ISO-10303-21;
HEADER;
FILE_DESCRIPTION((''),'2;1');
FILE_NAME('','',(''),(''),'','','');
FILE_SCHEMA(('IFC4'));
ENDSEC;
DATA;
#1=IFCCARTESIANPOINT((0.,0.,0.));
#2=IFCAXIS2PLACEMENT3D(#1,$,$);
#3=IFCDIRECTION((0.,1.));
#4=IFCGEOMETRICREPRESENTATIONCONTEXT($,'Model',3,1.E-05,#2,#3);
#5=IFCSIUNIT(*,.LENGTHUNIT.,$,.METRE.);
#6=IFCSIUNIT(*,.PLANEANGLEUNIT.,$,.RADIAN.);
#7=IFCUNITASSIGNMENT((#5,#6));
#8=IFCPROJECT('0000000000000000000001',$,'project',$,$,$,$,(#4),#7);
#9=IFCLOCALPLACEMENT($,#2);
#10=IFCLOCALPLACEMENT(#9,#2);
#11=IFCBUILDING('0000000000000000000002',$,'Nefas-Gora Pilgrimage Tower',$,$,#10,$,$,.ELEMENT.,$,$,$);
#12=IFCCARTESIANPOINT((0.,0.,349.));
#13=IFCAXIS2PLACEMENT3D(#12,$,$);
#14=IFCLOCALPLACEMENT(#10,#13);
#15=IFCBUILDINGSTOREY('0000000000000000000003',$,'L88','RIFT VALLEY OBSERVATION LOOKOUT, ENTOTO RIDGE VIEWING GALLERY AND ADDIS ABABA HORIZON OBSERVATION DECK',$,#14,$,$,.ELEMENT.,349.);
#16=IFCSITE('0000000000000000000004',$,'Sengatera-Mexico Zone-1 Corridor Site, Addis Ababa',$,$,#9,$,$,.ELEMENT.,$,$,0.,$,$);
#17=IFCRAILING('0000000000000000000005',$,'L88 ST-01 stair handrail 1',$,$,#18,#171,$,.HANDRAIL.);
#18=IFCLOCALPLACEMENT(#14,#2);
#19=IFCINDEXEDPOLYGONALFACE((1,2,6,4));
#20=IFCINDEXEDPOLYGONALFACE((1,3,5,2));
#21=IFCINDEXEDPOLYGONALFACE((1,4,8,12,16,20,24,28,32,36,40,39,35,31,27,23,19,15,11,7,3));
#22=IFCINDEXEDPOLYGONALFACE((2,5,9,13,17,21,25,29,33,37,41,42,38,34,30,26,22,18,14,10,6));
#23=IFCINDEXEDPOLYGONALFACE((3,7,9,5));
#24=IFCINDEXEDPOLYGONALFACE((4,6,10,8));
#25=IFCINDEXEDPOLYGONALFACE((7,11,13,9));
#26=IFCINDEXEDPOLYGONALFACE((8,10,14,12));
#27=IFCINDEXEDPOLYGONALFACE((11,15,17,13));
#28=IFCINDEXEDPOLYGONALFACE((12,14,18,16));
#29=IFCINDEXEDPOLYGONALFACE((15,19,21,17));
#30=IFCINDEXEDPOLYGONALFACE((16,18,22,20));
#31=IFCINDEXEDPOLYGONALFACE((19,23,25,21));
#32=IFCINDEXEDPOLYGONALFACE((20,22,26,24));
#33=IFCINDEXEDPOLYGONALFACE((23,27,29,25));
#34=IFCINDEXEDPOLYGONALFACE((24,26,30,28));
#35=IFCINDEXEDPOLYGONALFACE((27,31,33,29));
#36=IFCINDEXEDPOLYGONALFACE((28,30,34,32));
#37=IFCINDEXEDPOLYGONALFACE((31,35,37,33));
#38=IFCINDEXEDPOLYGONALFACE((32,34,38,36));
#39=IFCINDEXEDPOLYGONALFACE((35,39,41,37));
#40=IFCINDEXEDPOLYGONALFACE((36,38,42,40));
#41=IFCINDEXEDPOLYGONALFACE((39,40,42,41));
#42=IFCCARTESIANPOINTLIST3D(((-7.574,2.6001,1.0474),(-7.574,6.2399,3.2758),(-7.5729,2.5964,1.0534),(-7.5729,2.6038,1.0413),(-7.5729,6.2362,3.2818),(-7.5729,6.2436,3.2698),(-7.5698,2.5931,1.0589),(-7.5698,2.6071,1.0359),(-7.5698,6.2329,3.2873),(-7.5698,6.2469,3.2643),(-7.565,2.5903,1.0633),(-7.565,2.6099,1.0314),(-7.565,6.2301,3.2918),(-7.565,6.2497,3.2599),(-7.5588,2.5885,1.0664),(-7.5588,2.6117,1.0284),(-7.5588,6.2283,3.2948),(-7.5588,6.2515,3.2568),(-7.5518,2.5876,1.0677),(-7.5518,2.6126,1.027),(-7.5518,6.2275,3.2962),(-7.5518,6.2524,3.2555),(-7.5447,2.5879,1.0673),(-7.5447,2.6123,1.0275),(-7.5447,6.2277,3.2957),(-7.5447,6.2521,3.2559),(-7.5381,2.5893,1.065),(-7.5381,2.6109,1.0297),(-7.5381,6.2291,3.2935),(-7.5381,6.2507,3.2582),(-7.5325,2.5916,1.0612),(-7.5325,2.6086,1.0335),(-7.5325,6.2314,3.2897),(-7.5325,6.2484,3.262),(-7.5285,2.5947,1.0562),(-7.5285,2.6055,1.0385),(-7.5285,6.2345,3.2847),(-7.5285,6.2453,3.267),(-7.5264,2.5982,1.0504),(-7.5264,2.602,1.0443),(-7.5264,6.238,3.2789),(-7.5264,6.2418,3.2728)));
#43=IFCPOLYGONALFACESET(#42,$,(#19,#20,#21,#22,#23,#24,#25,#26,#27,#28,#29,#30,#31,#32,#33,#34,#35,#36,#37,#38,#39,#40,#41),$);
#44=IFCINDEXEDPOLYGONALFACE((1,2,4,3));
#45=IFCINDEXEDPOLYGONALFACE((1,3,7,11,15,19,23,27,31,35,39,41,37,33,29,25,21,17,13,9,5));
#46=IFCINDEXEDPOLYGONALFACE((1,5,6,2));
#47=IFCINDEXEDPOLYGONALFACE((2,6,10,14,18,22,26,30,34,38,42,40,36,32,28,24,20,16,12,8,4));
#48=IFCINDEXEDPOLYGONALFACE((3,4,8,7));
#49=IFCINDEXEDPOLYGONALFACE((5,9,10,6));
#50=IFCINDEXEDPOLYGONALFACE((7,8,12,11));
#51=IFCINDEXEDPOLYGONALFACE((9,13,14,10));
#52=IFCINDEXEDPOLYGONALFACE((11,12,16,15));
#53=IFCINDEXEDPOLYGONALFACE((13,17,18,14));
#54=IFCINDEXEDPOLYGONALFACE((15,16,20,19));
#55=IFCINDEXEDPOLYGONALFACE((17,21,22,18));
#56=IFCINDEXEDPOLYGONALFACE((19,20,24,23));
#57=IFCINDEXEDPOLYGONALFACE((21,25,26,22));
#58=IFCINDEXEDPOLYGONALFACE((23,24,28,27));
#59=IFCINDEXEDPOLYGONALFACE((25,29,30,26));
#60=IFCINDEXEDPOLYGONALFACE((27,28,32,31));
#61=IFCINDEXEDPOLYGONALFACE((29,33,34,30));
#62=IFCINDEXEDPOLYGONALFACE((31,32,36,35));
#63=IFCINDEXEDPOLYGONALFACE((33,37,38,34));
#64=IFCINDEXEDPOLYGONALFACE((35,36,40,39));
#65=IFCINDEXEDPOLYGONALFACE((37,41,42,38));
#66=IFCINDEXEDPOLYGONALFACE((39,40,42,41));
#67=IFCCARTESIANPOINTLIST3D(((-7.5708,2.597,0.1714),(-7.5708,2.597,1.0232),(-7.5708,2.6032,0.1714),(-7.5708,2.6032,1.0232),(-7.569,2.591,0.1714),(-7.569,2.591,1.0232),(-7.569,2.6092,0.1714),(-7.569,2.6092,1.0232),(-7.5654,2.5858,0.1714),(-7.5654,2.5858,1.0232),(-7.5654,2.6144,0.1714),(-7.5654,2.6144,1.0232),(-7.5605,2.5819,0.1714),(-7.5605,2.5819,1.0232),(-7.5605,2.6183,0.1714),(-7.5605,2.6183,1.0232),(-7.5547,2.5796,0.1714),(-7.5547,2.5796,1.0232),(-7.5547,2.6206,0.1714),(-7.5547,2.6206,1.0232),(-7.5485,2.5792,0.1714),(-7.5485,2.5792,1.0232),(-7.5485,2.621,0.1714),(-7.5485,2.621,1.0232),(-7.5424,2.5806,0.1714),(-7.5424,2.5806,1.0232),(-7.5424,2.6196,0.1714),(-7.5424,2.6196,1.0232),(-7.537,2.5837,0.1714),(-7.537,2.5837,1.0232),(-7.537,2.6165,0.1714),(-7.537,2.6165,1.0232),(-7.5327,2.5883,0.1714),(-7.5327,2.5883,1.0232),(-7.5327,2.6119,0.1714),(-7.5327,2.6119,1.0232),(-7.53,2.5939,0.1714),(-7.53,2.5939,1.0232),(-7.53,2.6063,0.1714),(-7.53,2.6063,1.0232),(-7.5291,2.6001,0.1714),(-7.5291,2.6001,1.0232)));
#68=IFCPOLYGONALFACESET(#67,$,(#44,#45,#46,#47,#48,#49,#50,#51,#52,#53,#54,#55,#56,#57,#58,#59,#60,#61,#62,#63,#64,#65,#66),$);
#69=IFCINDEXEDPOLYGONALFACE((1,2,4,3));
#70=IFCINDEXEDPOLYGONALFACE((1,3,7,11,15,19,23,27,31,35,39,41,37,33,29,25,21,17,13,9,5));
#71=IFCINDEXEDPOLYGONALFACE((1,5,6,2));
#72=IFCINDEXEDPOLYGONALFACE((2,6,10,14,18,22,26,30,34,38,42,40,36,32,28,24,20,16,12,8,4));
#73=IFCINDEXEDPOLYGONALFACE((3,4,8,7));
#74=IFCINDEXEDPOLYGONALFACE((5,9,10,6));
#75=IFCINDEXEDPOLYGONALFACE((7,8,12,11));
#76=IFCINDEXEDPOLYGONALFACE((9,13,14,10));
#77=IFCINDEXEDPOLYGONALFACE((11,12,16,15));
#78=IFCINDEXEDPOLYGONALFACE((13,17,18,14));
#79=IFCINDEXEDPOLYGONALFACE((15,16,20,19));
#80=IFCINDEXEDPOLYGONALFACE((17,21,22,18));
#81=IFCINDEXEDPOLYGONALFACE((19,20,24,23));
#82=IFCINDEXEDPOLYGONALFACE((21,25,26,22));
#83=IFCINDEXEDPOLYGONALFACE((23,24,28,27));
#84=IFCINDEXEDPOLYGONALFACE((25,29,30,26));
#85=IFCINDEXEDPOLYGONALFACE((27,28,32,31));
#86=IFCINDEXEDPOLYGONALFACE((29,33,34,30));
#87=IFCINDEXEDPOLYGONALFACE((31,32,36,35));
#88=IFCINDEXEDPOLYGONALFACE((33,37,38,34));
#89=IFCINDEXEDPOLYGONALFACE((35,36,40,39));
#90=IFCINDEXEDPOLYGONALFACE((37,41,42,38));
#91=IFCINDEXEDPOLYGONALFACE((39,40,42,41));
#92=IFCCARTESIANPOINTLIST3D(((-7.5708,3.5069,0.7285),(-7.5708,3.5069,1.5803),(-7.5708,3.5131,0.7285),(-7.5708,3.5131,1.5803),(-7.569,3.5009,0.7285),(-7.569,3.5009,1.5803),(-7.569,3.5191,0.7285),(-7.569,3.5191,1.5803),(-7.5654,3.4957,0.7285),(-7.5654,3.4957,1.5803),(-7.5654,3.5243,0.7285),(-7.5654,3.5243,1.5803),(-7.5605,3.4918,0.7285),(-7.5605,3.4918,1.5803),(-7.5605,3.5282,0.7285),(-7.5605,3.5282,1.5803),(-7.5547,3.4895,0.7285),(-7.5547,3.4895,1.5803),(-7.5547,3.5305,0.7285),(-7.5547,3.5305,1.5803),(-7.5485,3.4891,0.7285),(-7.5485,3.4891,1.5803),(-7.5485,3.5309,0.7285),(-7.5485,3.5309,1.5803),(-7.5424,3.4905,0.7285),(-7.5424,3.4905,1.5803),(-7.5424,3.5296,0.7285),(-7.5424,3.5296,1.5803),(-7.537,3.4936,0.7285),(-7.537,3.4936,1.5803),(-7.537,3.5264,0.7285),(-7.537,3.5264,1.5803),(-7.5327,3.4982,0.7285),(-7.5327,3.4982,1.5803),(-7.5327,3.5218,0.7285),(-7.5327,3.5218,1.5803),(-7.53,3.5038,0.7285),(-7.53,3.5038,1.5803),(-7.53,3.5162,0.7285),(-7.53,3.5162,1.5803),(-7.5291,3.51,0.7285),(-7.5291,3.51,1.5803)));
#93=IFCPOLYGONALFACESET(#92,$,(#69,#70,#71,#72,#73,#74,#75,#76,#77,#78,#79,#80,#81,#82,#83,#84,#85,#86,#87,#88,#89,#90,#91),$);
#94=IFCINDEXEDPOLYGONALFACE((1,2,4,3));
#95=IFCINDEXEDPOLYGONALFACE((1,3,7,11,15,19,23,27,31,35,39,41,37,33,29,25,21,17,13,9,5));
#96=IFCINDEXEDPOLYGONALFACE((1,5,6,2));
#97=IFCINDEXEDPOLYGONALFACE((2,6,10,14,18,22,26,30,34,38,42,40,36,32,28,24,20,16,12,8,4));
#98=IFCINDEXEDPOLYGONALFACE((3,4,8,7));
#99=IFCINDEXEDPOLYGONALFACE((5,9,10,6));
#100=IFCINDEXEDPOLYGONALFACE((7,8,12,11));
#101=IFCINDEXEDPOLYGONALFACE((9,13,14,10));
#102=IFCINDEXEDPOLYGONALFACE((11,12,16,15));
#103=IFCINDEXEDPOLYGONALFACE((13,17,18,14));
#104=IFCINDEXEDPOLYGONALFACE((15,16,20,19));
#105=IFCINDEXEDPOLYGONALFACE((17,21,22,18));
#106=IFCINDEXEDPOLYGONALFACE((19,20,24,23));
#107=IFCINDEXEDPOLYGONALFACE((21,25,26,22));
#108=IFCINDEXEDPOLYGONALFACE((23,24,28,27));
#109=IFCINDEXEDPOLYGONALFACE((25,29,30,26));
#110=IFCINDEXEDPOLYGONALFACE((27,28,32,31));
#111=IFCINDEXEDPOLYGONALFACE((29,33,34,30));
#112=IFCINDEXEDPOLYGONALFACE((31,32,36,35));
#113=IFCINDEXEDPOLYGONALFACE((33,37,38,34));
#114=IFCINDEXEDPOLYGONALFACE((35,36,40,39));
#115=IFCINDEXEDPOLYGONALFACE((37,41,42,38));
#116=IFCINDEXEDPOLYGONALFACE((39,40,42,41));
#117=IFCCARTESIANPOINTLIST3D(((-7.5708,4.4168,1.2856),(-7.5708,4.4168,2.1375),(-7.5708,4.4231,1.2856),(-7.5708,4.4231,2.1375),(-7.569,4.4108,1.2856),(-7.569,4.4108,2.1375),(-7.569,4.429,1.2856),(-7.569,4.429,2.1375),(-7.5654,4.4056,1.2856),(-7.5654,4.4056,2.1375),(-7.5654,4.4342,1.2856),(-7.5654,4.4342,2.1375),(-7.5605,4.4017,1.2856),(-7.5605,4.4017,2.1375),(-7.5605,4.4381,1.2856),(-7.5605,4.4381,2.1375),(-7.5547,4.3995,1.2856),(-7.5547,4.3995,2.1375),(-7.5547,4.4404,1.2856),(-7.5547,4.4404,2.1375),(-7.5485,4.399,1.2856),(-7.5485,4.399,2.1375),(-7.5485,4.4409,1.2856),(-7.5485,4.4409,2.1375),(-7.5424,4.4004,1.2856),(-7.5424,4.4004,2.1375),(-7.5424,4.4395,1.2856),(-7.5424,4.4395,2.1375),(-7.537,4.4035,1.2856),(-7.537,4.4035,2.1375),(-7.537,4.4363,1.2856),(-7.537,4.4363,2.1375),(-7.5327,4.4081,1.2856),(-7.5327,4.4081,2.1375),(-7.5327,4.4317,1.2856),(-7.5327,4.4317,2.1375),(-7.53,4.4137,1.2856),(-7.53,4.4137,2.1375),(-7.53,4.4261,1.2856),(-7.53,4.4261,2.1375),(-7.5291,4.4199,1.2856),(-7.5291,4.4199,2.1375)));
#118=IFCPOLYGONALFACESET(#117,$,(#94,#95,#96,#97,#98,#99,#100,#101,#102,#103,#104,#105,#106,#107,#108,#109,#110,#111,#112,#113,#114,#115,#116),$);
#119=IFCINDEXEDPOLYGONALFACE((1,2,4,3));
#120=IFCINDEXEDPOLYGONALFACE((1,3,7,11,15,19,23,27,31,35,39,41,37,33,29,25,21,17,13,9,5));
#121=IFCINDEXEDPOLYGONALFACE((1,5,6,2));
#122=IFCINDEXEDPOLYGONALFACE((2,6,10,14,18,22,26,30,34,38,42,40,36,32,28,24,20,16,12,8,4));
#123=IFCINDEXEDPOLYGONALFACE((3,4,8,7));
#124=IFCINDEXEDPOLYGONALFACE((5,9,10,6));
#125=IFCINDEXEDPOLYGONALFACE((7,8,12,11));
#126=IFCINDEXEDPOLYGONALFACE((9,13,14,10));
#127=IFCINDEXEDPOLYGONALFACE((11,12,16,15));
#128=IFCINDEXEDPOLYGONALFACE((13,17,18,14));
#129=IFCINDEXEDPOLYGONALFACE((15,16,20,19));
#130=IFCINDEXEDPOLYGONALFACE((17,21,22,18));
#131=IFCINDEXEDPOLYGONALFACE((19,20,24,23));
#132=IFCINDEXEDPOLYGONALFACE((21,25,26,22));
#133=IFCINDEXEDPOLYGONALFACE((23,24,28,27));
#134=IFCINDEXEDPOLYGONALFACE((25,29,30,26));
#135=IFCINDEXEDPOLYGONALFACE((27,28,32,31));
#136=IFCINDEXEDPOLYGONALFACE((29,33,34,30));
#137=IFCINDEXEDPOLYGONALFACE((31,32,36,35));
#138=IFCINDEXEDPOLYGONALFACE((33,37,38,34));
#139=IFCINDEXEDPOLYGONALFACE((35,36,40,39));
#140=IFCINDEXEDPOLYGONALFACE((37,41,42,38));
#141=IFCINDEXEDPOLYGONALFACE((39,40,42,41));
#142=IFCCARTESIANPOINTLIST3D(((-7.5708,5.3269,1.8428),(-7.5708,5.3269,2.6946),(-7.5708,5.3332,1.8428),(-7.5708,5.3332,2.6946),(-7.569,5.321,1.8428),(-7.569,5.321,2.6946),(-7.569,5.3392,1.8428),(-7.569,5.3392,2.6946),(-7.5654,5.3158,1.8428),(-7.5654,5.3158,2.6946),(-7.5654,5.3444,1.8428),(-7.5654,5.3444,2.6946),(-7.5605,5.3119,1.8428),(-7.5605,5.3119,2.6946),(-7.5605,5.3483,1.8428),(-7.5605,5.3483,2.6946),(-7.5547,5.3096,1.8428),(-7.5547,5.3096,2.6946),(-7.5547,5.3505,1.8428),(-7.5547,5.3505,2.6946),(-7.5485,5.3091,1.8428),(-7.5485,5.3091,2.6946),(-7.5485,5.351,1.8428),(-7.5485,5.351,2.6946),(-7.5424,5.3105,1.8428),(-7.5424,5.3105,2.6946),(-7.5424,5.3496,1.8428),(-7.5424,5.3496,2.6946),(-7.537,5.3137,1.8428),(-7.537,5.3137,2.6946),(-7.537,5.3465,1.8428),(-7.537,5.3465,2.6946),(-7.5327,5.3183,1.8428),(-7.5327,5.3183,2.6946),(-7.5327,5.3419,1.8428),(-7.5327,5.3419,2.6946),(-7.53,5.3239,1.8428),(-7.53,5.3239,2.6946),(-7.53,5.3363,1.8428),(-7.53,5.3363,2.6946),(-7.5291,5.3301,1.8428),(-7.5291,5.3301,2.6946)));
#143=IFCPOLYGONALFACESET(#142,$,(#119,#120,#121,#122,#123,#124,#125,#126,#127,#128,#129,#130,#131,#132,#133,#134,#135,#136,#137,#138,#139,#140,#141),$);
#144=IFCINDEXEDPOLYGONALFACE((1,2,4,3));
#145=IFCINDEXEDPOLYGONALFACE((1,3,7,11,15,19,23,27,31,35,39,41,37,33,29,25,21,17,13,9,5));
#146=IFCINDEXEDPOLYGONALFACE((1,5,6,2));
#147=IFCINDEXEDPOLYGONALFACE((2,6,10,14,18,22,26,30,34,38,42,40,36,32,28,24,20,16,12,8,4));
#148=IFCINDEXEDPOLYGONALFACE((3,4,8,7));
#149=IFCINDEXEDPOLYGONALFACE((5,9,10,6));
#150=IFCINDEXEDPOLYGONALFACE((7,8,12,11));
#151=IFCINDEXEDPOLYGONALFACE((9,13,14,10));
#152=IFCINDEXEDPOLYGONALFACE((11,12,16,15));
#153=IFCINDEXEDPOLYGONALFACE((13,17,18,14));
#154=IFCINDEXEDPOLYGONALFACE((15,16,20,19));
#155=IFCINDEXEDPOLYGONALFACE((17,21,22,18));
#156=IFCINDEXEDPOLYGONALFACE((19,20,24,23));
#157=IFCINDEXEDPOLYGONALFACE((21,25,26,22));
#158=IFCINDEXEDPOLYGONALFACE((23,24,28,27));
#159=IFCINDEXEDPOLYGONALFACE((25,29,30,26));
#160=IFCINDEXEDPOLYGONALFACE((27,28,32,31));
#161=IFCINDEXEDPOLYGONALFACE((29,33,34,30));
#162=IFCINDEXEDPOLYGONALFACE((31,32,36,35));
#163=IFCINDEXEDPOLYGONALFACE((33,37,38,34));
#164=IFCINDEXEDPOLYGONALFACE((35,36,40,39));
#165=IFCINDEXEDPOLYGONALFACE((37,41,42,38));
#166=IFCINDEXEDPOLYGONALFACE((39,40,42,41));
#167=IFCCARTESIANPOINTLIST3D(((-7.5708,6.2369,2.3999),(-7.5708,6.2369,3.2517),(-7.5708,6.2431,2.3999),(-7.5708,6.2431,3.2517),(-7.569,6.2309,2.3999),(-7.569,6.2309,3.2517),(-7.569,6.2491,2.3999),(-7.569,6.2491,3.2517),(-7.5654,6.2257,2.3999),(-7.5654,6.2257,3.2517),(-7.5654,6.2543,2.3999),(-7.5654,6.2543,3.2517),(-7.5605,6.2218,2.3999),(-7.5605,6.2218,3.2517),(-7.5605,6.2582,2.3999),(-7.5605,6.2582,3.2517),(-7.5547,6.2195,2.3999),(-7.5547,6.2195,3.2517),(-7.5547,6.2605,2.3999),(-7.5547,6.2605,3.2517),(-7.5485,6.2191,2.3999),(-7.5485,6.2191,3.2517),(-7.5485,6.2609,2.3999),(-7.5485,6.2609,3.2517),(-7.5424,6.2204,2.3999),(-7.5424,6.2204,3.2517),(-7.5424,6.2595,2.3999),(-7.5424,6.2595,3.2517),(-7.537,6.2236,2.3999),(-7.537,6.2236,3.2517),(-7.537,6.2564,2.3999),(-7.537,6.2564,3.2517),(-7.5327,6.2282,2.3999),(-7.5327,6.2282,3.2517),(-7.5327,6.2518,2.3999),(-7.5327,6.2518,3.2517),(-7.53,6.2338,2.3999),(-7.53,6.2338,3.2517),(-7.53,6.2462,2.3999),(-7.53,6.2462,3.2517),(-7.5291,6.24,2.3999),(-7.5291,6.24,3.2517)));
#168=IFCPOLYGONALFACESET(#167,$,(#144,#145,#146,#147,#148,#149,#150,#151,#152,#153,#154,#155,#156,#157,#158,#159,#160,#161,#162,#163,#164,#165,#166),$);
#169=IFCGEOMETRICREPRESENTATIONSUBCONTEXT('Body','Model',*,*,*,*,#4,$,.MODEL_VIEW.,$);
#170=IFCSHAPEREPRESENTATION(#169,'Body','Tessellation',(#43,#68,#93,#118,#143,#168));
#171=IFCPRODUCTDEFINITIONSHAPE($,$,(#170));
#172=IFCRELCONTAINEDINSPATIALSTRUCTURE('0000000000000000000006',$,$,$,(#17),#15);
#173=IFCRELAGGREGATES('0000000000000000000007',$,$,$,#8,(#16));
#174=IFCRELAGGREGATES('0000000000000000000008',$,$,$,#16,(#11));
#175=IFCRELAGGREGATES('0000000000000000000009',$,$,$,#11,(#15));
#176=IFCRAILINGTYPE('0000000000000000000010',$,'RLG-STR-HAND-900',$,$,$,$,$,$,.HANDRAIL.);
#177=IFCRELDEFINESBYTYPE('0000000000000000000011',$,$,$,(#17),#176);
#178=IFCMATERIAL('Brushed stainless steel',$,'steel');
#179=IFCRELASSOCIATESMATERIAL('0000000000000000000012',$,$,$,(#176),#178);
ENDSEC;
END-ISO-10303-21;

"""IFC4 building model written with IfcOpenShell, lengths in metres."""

from ifc_helpers import new_model, si_unit, direction, frame, origin, origin_2d, place, context, subcontext, project, spatial, circle, extrude, material, type_object, element, save


model = new_model("IFC4")

# Units and contexts
model_context = context("Model", 3, precision=1e-05, world=origin(), true_north=direction((0.0, 1.0)))
body_context = subcontext(model_context, "Body", "Model", "MODEL_VIEW")
ifc_project = project(units=[si_unit("LENGTHUNIT", "METRE"), si_unit("PLANEANGLEUNIT", "RADIAN")], contexts=[model_context])

# Site, building, storey
site_placement = place(None, origin())
site = spatial("IfcSite", under=ifc_project, at=site_placement, Name="Sengatera-Mexico Zone-1 Corridor Site, Addis Ababa", CompositionType="ELEMENT", RefElevation=0.0)
building_placement = place(site_placement, origin())
building = spatial("IfcBuilding", under=site, at=building_placement, Name="Nefas-Gora Pilgrimage Tower", CompositionType="ELEMENT")
storey_placement = place(building_placement, frame((0.0, 0.0, 349.0)))
storey = spatial("IfcBuildingStorey", under=building, at=storey_placement, Name="L88", Description="RIFT VALLEY OBSERVATION LOOKOUT, ENTOTO RIDGE VIEWING GALLERY AND ADDIS ABABA HORIZON OBSERVATION DECK", CompositionType="ELEMENT", Elevation=349.0)

# Railing
ifc_material_1 = material(Name="Brushed stainless steel", Category="steel")
railing_type_1 = type_object("IfcRailingType", Name="RLG-STR-HAND-900", PredefinedType="HANDRAIL", material=ifc_material_1)
railing_1_placement = place(storey_placement, frame((-7.55, 2.6001, 0.1714)))
element("IfcRailing", 1, at=railing_1_placement, inside=storey, type_object=railing_type_1, Name="L88 ST-01 stair handrail 1", PredefinedType="HANDRAIL", context=body_context, shape_type="SweptSolid", body=[
    extrude(circle(Radius=0.0239, at=origin_2d()), frame((0.0, 0.0, 0.876), z_axis=(0.0, 0.85285, 0.522156), x_axis=(-1.0, 0.0, 0.0)), (0.0, 0.0, 1.0), 4.2678),
    extrude(circle(Radius=0.021, at=origin_2d()), origin(), (0.0, 0.0, 1.0), 0.8518),
    extrude(circle(Radius=0.021, at=origin_2d()), frame((0.0, 0.9099, 0.5571)), (0.0, 0.0, 1.0), 0.8518),
    extrude(circle(Radius=0.021, at=origin_2d()), frame((0.0, 1.8198, 1.1143)), (0.0, 0.0, 1.0), 0.8518),
    extrude(circle(Radius=0.021, at=origin_2d()), frame((0.0, 2.73, 1.6714)), (0.0, 0.0, 1.0), 0.8518),
    extrude(circle(Radius=0.021, at=origin_2d()), frame((0.0, 3.6399, 2.2285)), (0.0, 0.0, 1.0), 0.8518),
])

save(model, "model.ifc")
